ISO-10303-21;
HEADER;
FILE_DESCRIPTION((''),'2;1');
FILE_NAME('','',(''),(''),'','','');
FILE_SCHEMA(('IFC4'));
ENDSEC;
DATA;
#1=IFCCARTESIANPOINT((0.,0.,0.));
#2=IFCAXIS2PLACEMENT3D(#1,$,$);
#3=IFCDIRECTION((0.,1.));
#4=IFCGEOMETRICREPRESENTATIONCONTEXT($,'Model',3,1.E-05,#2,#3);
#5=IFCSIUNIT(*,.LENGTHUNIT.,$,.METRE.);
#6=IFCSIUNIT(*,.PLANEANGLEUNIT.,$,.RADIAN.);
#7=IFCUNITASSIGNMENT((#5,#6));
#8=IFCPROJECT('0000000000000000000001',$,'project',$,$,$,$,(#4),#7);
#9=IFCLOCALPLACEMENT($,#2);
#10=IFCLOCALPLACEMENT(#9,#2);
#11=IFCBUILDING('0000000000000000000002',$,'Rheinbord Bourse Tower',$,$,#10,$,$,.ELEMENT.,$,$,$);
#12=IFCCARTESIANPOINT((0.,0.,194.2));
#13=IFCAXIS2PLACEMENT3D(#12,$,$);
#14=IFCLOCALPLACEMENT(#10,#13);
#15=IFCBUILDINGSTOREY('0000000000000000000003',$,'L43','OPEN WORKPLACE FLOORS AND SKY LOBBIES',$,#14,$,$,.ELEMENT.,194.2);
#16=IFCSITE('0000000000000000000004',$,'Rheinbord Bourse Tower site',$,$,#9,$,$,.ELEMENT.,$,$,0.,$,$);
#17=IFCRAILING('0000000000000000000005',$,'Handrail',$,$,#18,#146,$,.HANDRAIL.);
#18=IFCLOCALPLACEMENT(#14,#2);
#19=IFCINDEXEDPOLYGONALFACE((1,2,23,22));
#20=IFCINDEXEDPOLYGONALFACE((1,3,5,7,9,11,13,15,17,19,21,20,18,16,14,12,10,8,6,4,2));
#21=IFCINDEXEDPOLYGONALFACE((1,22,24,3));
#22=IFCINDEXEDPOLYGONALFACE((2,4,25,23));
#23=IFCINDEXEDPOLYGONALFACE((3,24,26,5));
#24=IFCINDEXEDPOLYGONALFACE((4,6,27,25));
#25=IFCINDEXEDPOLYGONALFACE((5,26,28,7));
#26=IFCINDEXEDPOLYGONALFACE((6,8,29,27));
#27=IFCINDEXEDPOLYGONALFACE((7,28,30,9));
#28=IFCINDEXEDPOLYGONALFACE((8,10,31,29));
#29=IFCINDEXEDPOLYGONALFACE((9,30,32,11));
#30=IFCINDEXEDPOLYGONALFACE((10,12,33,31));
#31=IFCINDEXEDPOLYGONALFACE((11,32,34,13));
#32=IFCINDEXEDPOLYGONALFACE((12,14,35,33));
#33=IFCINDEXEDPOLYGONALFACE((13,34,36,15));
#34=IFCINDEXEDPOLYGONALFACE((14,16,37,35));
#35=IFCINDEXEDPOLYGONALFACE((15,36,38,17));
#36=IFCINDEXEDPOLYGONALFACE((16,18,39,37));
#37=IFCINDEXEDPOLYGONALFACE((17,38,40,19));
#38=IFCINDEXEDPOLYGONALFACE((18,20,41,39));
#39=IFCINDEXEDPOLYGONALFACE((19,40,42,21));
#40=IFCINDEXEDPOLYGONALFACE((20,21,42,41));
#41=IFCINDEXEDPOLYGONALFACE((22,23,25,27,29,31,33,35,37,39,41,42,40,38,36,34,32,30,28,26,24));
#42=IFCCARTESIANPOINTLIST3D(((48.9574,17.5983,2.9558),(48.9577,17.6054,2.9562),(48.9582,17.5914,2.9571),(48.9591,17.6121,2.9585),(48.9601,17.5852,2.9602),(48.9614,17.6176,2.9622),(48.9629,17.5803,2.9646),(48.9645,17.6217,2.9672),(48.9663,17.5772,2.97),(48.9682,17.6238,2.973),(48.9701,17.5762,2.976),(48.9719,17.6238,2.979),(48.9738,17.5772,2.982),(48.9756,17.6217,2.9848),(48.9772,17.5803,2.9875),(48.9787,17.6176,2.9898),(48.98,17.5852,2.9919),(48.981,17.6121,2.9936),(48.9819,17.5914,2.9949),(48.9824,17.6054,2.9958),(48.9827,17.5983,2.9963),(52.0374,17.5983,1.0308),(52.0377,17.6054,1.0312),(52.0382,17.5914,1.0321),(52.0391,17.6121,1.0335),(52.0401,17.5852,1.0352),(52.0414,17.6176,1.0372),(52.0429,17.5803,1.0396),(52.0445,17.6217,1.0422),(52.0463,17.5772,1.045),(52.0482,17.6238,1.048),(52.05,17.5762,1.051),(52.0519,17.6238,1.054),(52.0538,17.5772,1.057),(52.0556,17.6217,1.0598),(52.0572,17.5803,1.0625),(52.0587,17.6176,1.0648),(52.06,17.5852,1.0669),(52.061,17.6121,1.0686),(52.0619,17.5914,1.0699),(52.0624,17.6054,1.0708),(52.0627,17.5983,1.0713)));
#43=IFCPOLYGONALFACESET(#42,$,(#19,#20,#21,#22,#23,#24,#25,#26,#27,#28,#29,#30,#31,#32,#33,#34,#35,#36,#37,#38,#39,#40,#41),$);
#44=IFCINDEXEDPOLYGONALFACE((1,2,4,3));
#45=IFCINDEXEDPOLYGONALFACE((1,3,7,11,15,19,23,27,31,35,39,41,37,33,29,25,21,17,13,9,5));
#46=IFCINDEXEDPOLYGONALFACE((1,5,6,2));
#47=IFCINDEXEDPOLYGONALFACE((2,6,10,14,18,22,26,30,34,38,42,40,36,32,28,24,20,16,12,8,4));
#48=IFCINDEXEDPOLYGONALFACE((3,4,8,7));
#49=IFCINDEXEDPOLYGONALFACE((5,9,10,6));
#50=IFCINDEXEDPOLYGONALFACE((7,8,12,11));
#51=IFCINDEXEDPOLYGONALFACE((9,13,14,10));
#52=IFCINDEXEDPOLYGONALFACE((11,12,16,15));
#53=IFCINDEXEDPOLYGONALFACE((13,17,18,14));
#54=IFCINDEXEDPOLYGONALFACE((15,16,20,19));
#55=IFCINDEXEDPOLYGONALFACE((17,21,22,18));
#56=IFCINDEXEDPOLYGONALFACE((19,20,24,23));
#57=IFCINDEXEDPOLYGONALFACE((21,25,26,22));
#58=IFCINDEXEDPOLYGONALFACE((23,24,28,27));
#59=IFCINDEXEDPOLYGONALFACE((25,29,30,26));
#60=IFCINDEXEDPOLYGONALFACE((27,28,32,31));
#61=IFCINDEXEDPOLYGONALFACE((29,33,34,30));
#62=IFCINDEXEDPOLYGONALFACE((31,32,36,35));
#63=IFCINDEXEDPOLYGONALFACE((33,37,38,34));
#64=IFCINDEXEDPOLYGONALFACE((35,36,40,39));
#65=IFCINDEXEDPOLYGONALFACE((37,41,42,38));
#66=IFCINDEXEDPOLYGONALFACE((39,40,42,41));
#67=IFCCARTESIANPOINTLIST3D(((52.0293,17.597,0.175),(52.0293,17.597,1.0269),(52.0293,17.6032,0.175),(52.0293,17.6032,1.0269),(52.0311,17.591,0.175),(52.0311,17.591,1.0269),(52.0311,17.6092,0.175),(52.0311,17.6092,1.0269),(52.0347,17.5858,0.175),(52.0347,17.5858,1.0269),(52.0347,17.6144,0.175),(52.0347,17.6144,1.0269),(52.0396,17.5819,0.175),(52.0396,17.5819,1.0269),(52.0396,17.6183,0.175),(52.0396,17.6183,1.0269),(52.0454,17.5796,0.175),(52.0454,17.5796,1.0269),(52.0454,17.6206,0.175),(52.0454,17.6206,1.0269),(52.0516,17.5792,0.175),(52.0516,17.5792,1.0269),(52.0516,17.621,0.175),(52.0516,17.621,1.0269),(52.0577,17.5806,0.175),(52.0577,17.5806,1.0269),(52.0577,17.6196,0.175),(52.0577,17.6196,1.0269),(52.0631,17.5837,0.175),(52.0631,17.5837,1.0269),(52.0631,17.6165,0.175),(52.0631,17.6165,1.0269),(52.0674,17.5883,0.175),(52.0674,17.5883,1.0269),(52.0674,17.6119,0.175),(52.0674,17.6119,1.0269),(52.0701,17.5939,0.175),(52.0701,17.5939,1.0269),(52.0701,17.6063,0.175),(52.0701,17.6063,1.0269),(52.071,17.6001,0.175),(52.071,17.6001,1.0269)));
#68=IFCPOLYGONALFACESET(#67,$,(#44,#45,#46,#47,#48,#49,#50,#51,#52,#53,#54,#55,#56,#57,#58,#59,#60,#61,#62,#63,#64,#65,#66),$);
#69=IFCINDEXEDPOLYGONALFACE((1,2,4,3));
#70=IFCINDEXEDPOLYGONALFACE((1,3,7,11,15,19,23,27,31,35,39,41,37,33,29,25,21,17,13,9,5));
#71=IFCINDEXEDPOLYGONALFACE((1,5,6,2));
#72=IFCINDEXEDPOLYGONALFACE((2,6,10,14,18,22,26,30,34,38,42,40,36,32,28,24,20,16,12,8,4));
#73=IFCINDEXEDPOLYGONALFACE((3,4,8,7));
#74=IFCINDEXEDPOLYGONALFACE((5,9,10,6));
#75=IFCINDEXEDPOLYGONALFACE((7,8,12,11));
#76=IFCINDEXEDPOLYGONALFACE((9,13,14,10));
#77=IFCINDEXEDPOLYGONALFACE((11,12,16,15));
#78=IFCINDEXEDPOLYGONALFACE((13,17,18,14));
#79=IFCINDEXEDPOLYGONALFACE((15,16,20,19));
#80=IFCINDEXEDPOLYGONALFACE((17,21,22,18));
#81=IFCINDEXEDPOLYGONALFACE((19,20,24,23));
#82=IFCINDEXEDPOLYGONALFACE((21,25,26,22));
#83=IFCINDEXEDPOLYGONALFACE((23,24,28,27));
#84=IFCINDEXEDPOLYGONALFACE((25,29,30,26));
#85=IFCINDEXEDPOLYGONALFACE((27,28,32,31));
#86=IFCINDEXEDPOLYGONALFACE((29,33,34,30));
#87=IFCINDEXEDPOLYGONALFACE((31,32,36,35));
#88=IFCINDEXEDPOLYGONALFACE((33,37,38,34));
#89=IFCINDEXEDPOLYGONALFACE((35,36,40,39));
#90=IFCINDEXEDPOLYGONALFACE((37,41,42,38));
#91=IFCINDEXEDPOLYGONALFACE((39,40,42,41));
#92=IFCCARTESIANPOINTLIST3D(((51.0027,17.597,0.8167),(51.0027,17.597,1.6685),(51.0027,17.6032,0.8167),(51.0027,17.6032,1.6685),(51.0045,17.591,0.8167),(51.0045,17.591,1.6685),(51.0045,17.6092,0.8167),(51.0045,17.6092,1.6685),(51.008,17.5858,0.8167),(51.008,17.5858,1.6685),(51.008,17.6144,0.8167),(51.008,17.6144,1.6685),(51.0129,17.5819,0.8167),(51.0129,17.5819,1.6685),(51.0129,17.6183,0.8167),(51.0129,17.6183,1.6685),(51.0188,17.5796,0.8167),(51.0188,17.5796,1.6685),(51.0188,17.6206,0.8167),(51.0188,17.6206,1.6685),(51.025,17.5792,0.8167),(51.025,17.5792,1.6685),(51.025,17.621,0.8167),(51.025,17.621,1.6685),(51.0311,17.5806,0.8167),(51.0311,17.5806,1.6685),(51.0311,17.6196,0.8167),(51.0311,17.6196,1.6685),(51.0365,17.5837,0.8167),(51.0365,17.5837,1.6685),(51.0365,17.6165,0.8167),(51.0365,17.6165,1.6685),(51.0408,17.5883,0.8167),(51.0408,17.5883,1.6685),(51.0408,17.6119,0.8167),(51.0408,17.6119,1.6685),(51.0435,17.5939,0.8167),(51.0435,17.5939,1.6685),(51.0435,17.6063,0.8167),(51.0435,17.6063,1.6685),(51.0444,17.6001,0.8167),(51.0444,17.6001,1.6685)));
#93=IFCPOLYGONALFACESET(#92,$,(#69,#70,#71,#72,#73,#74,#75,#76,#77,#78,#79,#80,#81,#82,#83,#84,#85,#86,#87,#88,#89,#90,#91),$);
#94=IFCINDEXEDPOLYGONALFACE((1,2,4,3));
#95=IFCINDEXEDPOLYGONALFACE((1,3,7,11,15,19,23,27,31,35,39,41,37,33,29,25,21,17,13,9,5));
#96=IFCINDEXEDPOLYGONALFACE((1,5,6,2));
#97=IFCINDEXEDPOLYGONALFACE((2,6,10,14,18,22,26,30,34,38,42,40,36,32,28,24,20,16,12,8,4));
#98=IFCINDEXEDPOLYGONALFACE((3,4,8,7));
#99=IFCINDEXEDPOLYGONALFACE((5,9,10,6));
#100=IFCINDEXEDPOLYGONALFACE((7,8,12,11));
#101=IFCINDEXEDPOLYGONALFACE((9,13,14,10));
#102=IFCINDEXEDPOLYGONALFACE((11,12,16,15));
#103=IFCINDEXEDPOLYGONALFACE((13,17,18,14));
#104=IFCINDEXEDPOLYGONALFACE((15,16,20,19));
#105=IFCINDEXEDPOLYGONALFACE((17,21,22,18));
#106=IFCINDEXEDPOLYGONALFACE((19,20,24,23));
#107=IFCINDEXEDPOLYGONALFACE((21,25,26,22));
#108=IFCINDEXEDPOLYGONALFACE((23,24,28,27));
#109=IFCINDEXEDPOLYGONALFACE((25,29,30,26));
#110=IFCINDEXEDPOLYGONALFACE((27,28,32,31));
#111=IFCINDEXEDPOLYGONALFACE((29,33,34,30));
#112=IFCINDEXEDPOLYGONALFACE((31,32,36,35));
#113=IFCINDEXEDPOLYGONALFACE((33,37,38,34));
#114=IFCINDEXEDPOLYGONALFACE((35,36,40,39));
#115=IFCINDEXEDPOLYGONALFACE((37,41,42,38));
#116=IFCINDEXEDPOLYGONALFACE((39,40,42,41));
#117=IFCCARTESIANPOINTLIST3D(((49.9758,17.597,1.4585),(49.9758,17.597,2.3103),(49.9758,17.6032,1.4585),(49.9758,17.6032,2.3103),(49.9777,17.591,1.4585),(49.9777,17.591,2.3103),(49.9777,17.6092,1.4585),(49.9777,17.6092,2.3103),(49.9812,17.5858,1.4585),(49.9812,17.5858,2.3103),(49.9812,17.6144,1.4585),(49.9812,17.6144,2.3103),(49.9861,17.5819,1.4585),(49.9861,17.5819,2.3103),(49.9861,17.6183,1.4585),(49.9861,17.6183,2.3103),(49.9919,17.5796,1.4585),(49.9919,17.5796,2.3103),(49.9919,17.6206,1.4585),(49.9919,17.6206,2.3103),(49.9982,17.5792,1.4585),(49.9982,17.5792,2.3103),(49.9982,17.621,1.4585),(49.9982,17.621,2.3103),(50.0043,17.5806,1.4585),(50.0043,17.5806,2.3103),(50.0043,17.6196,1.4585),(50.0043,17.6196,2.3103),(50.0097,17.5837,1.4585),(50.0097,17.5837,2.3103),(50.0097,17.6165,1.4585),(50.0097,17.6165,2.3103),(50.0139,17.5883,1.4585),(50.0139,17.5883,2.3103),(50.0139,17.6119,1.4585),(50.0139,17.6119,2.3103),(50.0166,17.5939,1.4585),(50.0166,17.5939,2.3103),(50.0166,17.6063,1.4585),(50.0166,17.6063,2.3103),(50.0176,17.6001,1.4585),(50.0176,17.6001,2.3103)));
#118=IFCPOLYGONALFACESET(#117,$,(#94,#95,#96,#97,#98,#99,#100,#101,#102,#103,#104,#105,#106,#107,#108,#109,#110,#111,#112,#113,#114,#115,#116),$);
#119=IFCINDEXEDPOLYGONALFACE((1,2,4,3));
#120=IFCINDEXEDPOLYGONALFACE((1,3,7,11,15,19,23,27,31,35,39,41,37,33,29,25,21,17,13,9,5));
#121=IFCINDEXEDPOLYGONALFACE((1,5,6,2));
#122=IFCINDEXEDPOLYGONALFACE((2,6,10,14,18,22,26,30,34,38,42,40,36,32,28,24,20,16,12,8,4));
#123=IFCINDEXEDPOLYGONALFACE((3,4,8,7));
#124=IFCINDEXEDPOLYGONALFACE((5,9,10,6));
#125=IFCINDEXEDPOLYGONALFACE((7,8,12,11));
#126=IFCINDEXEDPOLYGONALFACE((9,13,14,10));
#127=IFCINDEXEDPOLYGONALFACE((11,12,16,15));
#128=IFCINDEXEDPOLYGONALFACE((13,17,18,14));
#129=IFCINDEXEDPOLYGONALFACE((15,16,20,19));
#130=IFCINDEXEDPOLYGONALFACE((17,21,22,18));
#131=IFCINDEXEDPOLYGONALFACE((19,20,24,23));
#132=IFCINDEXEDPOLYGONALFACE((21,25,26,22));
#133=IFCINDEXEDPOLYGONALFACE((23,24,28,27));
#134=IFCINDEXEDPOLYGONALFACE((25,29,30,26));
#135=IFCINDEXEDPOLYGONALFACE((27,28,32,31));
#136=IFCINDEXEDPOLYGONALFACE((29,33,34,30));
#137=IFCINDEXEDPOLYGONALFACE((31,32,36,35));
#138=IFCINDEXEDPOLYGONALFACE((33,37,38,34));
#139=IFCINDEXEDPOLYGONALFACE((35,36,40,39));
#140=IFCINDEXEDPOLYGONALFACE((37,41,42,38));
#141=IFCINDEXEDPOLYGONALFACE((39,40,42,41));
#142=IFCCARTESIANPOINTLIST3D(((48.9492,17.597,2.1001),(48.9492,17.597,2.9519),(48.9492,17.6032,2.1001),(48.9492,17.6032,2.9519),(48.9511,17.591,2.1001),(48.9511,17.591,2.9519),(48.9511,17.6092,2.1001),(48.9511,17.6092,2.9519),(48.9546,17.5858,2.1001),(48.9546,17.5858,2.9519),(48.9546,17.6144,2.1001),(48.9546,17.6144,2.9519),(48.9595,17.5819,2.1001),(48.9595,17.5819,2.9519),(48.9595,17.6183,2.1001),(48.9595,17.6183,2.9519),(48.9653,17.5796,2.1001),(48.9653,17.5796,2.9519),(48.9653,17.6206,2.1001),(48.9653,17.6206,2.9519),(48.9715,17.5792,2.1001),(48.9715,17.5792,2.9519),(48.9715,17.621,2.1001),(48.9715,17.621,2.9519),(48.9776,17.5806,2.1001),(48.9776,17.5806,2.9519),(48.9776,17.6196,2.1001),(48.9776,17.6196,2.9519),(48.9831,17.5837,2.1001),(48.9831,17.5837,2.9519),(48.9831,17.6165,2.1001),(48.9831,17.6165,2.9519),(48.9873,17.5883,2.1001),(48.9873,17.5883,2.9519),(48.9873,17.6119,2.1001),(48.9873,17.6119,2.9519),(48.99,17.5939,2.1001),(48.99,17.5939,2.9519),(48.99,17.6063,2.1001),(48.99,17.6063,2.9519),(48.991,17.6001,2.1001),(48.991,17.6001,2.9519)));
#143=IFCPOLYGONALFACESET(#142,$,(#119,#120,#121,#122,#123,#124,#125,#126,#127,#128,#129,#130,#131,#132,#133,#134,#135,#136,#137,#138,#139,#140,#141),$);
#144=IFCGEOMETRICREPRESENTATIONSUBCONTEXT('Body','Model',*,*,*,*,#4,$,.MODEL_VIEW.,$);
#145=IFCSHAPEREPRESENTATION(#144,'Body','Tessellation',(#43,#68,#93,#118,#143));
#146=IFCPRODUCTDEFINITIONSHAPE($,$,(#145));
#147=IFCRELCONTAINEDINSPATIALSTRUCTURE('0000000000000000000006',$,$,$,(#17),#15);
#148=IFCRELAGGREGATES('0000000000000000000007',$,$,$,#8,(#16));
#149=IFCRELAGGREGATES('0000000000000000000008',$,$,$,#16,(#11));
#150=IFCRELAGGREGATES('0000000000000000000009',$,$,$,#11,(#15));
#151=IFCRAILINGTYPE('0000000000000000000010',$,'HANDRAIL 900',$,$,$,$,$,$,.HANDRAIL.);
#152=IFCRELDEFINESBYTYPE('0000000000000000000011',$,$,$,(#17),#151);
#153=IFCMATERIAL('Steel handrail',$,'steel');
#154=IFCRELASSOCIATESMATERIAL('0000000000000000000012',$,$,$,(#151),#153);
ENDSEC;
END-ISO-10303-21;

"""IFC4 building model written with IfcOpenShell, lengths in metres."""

from ifc_helpers import new_model, si_unit, direction, frame, origin, origin_2d, place, context, subcontext, project, spatial, circle, extrude, material, type_object, element, save


model = new_model("IFC4")

# Units and contexts
model_context = context("Model", 3, precision=1e-05, world=origin(), true_north=direction((0.0, 1.0)))
body_context = subcontext(model_context, "Body", "Model", "MODEL_VIEW")
ifc_project = project(units=[si_unit("LENGTHUNIT", "METRE"), si_unit("PLANEANGLEUNIT", "RADIAN")], contexts=[model_context])

# Site, building, storey
site_placement = place(None, origin())
site = spatial("IfcSite", under=ifc_project, at=site_placement, Name="Rheinbord Bourse Tower site", CompositionType="ELEMENT", RefElevation=0.0)
building_placement = place(site_placement, origin())
building = spatial("IfcBuilding", under=site, at=building_placement, Name="Rheinbord Bourse Tower", CompositionType="ELEMENT")
storey_placement = place(building_placement, frame((0.0, 0.0, 194.2)))
storey = spatial("IfcBuildingStorey", under=building, at=storey_placement, Name="L43", Description="OPEN WORKPLACE FLOORS AND SKY LOBBIES", CompositionType="ELEMENT", Elevation=194.2)

# Railing
ifc_material_1 = material(Name="Steel handrail", Category="steel")
railing_type = type_object("IfcRailingType", Name="HANDRAIL 900", PredefinedType="HANDRAIL", material=ifc_material_1)
railing_1_placement = place(storey_placement, frame((52.05, 17.6001, 0.175)))
element("IfcRailing", 1, at=railing_1_placement, inside=storey, type_object=railing_type, Name="Handrail", PredefinedType="HANDRAIL", context=body_context, shape_type="SweptSolid", body=[
    extrude(circle(Radius=0.0239, at=origin_2d()), frame((0.0, 0.0, 0.876), z_axis=(-0.847998, 0.0, 0.529999), x_axis=(0.0, -1.0, 0.0)), (0.0, 0.0, 1.0), 3.6321),
    extrude(circle(Radius=0.021, at=origin_2d()), origin(), (0.0, 0.0, 1.0), 0.8518),
    extrude(circle(Radius=0.021, at=origin_2d()), frame((-1.0266, 0.0, 0.6416)), (0.0, 0.0, 1.0), 0.8518),
    extrude(circle(Radius=0.021, at=origin_2d()), frame((-2.0535, 0.0, 1.2834)), (0.0, 0.0, 1.0), 0.8518),
    extrude(circle(Radius=0.021, at=origin_2d()), frame((-3.0801, 0.0, 1.925)), (0.0, 0.0, 1.0), 0.8518),
])

save(model, "model.ifc")
